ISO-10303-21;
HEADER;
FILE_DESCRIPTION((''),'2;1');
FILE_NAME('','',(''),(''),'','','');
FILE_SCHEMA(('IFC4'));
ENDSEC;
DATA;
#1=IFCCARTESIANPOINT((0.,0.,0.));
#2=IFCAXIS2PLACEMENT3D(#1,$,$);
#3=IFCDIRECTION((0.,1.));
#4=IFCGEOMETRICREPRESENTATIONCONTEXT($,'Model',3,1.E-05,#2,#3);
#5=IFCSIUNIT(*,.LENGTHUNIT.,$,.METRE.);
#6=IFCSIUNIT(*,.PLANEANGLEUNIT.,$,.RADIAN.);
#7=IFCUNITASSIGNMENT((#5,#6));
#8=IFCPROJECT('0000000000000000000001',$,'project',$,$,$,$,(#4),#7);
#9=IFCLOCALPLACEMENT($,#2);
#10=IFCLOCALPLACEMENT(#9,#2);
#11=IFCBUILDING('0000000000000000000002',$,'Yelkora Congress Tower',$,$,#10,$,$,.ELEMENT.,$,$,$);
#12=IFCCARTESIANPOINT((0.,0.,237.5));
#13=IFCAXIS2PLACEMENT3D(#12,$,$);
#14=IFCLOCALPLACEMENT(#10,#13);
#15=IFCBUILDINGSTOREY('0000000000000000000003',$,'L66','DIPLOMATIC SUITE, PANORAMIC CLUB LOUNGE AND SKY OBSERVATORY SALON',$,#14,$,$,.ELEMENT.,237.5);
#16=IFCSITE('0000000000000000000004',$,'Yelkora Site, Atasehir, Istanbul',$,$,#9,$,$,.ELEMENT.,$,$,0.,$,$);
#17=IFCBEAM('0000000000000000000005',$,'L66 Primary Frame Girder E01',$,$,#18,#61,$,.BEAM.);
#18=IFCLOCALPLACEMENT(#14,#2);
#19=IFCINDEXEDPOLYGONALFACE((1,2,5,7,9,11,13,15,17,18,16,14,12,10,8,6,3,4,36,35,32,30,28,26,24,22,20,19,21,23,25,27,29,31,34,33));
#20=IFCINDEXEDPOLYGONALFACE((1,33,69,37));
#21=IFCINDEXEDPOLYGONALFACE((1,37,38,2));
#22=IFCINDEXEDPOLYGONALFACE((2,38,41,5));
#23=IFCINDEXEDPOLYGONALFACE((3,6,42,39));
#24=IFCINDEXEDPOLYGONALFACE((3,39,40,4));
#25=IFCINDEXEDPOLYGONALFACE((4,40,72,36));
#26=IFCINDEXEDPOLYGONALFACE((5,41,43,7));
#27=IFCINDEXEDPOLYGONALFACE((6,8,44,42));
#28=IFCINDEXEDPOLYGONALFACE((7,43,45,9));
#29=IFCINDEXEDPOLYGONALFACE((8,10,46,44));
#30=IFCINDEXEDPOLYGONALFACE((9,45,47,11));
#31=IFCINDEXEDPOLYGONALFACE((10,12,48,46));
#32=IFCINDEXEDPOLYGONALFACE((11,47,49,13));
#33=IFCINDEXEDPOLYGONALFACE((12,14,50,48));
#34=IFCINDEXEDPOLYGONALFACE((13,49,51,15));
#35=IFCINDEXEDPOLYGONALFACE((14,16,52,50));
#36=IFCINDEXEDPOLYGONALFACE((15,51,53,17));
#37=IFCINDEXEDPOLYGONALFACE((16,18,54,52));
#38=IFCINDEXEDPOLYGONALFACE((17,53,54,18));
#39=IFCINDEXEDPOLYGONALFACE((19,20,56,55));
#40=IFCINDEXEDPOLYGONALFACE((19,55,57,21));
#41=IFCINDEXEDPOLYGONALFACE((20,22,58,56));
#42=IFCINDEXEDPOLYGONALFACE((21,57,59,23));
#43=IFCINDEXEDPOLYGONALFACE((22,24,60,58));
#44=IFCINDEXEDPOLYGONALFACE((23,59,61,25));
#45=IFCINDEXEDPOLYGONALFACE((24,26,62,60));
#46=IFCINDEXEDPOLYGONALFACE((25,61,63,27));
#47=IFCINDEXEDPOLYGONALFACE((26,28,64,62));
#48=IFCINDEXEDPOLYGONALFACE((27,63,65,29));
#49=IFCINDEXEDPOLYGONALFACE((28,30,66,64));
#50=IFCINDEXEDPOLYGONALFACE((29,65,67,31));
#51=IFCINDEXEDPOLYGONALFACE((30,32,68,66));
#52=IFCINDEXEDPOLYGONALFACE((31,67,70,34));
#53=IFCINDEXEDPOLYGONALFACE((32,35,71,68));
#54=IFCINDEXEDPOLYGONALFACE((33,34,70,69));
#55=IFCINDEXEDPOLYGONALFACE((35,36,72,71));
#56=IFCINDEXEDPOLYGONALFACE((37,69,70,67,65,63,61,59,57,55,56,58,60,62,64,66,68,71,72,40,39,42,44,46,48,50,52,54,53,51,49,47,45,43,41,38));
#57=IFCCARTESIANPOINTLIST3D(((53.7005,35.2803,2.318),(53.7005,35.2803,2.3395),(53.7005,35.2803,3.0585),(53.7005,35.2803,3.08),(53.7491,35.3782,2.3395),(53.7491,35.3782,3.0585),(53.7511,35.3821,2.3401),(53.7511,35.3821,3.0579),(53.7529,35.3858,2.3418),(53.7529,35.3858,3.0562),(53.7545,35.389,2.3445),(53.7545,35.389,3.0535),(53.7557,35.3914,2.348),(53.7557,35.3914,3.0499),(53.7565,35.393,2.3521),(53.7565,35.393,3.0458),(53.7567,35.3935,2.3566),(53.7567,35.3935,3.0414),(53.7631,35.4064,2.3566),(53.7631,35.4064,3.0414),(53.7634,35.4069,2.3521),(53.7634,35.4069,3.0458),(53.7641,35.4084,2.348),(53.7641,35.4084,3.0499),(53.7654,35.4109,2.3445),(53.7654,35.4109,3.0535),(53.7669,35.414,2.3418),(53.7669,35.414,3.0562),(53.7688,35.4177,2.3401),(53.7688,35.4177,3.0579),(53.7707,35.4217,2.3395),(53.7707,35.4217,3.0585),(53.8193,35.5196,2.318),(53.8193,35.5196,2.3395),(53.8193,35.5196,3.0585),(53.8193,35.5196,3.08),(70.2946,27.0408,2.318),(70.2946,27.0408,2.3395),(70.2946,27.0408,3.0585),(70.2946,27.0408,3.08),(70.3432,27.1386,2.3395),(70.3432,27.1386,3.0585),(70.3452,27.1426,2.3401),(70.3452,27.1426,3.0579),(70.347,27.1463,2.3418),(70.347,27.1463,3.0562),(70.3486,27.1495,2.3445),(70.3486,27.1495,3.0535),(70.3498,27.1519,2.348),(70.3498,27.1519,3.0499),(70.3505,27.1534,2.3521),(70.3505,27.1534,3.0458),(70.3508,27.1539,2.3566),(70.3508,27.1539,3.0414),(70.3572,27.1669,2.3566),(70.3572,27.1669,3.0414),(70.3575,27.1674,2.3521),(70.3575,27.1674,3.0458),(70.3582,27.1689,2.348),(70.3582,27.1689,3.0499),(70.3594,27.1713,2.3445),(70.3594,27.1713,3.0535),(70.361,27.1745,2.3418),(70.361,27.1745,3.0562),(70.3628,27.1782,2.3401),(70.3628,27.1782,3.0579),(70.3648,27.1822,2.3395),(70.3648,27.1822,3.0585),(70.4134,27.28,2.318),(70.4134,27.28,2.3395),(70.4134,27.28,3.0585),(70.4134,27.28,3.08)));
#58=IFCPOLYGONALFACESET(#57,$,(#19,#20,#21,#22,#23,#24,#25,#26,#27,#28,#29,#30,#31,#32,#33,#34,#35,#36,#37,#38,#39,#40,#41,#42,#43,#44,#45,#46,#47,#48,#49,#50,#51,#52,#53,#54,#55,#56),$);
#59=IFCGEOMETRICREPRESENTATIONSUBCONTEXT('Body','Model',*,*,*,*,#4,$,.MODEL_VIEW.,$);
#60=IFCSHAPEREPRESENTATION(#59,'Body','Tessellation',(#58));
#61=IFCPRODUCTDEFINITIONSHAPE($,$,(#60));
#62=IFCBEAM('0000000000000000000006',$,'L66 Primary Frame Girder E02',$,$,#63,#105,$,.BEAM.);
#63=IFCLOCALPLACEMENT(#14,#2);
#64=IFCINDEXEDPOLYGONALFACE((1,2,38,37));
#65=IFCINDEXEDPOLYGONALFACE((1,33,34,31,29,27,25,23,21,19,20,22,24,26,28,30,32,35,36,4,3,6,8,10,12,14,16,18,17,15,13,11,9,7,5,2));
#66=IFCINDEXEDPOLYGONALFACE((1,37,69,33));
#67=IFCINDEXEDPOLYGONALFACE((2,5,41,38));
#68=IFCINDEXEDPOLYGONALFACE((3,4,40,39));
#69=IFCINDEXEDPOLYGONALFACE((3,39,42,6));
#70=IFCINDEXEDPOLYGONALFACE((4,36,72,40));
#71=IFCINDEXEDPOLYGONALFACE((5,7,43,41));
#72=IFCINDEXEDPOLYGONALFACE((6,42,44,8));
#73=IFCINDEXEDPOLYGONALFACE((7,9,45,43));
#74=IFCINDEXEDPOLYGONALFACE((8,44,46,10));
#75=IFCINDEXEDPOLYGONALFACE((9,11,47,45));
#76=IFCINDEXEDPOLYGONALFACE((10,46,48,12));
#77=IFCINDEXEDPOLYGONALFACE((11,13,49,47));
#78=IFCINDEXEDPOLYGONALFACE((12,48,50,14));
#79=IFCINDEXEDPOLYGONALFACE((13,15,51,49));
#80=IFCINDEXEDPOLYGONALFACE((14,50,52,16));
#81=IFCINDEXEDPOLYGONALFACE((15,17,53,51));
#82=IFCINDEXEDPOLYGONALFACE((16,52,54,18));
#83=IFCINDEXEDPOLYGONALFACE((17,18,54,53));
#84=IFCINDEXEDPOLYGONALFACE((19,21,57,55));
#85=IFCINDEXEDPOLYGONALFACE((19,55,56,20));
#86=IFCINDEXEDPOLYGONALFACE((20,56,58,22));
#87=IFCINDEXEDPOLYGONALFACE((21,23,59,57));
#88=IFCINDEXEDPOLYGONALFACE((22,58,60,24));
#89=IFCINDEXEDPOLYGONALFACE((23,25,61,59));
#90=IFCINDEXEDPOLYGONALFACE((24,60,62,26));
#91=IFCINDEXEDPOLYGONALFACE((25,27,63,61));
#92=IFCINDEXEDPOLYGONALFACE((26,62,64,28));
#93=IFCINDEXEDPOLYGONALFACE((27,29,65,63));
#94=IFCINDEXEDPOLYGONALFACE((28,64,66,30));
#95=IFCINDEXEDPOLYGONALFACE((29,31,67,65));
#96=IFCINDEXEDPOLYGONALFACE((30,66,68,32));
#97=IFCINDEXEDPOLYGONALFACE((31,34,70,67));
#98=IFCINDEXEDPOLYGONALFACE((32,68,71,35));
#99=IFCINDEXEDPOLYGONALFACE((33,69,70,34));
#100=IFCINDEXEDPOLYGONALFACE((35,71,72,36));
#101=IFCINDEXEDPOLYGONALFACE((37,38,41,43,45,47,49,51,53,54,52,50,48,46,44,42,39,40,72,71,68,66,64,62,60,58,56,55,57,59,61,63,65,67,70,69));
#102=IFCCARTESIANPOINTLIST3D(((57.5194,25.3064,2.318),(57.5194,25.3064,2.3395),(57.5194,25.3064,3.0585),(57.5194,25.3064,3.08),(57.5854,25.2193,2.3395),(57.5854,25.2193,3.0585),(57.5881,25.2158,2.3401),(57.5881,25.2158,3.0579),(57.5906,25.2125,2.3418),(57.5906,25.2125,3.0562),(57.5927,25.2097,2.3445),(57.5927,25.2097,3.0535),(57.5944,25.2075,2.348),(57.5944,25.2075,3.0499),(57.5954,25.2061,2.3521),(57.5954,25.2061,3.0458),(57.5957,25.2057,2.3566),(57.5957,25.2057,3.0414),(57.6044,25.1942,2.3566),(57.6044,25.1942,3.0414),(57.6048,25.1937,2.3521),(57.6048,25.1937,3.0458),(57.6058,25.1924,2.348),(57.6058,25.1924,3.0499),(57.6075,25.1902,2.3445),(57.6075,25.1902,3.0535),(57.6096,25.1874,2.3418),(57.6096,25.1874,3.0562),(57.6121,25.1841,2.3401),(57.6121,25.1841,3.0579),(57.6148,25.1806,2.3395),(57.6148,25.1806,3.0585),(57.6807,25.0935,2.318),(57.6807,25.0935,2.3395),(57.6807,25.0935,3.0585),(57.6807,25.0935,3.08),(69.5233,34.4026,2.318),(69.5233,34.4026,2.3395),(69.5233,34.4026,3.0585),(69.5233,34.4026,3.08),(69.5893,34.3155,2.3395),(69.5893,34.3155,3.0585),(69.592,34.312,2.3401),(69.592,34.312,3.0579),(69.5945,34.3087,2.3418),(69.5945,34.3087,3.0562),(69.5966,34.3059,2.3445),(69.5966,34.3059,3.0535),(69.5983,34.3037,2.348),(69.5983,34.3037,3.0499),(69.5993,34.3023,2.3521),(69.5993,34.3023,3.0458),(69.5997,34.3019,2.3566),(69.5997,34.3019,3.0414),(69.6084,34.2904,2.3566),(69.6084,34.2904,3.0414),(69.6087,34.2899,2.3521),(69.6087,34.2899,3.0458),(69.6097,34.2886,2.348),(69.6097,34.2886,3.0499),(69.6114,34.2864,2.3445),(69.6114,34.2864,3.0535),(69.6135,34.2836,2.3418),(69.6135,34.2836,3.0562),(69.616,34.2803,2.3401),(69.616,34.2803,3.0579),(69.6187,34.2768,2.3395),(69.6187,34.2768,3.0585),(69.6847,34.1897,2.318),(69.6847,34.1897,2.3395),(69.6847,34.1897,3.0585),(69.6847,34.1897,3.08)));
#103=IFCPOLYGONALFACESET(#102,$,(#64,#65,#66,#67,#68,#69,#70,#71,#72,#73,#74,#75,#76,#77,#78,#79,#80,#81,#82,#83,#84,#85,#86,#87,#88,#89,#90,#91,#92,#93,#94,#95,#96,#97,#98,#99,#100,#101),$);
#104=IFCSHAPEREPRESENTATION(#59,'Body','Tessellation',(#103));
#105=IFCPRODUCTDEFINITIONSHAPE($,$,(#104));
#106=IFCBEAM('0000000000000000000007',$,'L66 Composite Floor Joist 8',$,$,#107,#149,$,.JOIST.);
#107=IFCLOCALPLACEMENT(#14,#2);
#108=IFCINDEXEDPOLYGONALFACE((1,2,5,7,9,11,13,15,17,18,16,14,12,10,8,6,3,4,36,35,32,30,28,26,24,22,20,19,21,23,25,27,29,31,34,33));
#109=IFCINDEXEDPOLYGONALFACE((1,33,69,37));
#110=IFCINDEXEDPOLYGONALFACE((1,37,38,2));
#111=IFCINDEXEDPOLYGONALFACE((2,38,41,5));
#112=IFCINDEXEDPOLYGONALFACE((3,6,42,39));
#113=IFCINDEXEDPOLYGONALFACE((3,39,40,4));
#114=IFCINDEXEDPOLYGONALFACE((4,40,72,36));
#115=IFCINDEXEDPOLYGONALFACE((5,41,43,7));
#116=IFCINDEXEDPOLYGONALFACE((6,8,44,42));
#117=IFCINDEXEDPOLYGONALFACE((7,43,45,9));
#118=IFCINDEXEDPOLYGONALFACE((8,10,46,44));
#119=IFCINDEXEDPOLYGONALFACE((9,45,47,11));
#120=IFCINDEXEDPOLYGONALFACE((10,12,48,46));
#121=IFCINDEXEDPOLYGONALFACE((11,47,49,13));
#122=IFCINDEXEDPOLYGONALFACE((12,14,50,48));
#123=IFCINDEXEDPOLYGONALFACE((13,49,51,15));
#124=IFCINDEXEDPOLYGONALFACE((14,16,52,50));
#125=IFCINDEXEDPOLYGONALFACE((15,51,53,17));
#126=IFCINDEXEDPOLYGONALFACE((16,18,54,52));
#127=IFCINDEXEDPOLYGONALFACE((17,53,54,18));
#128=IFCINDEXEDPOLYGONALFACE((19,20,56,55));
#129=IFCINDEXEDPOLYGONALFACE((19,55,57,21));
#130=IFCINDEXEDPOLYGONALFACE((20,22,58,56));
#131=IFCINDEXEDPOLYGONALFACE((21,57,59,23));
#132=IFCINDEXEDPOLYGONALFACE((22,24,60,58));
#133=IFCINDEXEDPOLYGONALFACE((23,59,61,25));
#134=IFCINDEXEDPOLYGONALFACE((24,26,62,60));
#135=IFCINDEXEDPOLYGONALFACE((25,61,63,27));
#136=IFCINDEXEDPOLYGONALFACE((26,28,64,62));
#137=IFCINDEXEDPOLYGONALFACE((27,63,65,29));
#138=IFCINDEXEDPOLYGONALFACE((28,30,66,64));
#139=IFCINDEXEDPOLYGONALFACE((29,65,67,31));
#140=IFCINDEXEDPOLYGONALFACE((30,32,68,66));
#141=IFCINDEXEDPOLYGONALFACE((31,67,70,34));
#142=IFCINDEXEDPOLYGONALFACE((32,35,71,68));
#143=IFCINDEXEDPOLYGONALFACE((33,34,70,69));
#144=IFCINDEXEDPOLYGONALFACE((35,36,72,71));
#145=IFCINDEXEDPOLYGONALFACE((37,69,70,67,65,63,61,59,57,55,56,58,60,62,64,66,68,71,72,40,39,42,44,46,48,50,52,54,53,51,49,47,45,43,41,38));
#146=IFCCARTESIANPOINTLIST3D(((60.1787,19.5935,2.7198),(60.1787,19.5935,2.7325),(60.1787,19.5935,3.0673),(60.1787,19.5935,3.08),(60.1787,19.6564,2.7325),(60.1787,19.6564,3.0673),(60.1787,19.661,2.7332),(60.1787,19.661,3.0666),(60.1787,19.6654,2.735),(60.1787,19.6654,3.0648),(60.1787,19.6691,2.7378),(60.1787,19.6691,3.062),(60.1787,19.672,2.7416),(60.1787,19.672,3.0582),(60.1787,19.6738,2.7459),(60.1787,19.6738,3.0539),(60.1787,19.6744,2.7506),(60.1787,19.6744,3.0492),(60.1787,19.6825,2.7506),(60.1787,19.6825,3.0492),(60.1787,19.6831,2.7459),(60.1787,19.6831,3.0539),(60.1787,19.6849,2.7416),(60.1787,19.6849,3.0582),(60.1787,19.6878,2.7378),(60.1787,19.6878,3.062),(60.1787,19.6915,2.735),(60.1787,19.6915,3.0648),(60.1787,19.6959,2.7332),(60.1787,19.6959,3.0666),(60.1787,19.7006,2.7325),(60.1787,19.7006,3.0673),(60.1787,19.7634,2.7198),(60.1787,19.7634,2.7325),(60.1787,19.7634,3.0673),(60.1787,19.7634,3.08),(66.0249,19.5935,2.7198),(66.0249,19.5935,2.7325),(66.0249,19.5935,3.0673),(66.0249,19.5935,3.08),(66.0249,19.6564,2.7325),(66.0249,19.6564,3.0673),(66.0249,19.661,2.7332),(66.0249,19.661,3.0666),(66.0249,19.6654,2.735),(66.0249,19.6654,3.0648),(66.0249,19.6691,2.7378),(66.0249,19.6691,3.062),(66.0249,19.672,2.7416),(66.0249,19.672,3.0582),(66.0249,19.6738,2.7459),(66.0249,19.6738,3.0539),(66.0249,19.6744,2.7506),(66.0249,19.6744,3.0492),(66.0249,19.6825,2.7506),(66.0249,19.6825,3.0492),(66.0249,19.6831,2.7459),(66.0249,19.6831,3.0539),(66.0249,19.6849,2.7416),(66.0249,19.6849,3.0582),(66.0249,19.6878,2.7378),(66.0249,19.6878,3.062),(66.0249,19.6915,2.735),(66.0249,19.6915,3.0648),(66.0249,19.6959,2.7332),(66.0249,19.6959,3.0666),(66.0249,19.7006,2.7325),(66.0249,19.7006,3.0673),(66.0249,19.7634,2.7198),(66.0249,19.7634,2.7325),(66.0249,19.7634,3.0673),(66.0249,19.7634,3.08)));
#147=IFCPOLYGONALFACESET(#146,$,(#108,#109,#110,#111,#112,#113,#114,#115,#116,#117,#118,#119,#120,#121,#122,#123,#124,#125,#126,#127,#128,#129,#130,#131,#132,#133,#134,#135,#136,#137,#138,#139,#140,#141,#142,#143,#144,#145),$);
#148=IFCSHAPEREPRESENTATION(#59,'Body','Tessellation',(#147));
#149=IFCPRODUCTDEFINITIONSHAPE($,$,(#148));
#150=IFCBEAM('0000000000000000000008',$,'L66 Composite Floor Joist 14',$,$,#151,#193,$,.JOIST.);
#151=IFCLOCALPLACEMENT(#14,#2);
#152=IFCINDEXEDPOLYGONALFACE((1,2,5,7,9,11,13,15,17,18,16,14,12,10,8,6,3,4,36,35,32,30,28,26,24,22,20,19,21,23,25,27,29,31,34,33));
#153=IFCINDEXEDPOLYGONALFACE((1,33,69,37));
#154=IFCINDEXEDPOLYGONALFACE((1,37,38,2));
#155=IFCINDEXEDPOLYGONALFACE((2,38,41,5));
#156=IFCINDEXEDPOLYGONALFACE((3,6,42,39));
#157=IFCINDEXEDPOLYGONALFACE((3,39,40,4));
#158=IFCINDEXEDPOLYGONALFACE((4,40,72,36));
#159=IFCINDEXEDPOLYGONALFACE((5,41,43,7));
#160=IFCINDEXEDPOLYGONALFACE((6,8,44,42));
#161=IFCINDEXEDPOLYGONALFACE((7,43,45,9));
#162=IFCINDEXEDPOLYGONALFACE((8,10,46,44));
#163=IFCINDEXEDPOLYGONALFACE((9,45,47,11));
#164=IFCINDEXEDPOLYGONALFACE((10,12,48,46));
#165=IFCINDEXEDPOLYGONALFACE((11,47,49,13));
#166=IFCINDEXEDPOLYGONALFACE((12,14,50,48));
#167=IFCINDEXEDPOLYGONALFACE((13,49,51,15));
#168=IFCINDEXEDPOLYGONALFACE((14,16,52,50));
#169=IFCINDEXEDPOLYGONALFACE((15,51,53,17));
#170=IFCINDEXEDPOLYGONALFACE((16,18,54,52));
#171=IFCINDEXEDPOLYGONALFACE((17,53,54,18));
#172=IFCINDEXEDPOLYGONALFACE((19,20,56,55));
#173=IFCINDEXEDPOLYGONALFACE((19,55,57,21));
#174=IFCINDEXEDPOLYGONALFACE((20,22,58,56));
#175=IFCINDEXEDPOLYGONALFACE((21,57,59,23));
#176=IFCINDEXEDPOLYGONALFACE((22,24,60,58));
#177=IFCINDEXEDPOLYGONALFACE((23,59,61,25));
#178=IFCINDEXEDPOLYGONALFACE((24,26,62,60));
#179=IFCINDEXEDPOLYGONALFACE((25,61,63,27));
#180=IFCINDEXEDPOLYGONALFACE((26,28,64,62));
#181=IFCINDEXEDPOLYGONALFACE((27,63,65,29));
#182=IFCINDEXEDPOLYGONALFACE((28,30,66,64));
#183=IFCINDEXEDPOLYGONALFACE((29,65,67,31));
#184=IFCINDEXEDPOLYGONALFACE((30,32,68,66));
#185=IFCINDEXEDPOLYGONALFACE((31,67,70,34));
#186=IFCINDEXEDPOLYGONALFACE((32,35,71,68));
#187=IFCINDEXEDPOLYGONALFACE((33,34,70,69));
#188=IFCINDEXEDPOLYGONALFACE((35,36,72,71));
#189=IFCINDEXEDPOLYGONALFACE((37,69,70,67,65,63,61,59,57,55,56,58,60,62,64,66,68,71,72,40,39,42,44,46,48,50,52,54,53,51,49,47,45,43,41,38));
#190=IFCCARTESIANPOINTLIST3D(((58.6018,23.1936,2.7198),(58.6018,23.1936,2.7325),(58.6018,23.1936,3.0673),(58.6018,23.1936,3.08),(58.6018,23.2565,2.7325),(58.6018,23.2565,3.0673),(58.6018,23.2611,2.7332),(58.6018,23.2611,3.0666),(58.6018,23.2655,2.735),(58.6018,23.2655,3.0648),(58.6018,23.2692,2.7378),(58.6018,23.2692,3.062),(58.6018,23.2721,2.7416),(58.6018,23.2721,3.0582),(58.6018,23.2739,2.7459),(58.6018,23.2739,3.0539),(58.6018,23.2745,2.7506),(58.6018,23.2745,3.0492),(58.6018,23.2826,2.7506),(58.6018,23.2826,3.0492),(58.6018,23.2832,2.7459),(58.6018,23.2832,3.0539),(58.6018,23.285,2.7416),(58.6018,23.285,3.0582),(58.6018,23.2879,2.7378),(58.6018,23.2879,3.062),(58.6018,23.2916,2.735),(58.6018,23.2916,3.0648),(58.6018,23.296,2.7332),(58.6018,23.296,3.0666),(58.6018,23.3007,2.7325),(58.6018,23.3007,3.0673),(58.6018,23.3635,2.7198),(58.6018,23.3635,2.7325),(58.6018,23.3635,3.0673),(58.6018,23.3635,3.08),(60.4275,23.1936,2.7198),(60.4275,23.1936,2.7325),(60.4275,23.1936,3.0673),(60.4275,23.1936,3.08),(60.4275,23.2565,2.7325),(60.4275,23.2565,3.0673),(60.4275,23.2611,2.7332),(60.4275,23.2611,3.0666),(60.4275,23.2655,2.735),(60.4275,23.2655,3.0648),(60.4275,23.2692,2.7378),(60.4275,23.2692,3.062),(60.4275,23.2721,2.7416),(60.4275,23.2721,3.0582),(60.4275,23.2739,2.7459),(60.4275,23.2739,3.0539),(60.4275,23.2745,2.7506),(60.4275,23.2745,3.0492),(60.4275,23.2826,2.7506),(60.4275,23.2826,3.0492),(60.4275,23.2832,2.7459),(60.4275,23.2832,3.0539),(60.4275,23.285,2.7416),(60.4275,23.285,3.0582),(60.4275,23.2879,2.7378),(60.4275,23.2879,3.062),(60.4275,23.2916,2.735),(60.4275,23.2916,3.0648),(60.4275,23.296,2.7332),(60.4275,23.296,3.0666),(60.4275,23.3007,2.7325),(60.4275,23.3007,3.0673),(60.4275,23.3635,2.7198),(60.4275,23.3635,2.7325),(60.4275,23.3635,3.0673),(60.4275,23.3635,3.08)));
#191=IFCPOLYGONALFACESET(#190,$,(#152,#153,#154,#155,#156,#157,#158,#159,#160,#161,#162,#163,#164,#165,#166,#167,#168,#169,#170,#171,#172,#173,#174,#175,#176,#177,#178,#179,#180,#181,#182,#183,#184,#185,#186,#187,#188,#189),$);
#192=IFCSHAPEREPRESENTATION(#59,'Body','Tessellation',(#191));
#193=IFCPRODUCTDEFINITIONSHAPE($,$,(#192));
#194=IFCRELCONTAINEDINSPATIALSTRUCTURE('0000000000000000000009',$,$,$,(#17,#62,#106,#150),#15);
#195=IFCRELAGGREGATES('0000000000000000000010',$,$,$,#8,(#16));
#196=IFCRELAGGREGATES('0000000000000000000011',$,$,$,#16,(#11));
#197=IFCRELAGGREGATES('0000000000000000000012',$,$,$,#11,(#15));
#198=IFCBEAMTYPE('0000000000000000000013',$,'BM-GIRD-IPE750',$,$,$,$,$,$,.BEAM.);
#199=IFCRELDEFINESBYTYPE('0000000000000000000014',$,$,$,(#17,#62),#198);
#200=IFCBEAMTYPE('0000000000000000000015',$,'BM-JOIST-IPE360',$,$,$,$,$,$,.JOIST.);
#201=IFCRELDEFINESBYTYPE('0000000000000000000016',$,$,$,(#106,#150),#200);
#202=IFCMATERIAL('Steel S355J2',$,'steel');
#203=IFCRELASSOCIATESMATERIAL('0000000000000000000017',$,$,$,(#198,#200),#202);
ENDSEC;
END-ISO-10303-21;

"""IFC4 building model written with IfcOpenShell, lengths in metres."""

from ifc_helpers import new_model, si_unit, direction, frame, origin, origin_2d, place, context, subcontext, project, spatial, i_section, extrude, material, material_profile, profile_set, type_object, element, save


model = new_model("IFC4")

# Units and contexts
model_context = context("Model", 3, precision=1e-05, world=origin(), true_north=direction((0.0, 1.0)))
body_context = subcontext(model_context, "Body", "Model", "MODEL_VIEW")
ifc_project = project(units=[si_unit("LENGTHUNIT", "METRE"), si_unit("PLANEANGLEUNIT", "RADIAN")], contexts=[model_context])

# Site, building, storey
site_placement = place(None, origin())
site = spatial("IfcSite", under=ifc_project, at=site_placement, Name="Yelkora Site, Atasehir, Istanbul", CompositionType="ELEMENT", RefElevation=0.0)
building_placement = place(site_placement, origin())
building = spatial("IfcBuilding", under=site, at=building_placement, Name="Yelkora Congress Tower", CompositionType="ELEMENT")
storey_placement = place(building_placement, frame((0.0, 0.0, 237.5)))
storey = spatial("IfcBuildingStorey", under=building, at=storey_placement, Name="L66", Description="DIPLOMATIC SUITE, PANORAMIC CLUB LOUNGE AND SKY OBSERVATORY SALON", CompositionType="ELEMENT", Elevation=237.5)

# Shared definitions
ifc_material_1 = material(Name="Steel S355J2", Category="steel")

# Beams
ifc_material_profile_1 = material_profile(ifc_material_1, i_section(OverallWidth=0.2671, OverallDepth=0.762, WebThickness=0.0144, FlangeThickness=0.0215, FilletRadius=0.0171, at=origin_2d()), Name="IPE 750x173")
ifc_profile_set_1 = profile_set([ifc_material_profile_1], Name="Steel S355J2")
beam_type_1 = type_object("IfcBeamType", Name="BM-GIRD-IPE750", PredefinedType="BEAM", material=ifc_profile_set_1)
beam_1_placement = place(storey_placement, frame((70.354, 27.1604, 2.699), z_axis=(-0.895665, 0.444729, 0.0), x_axis=(-0.444729, -0.895665, 0.0)))
element("IfcBeam", 1, at=beam_1_placement, inside=storey, type_object=beam_type_1, Name="L66 Primary Frame Girder E01", PredefinedType="BEAM", context=body_context, shape_type="SweptSolid", body=[
    extrude(i_section(OverallWidth=0.2671, OverallDepth=0.762, WebThickness=0.0144, FlangeThickness=0.0215, FilletRadius=0.0171, at=origin_2d()), origin(), (0.0, 0.0, 1.0), 18.5271),
])
beam_2_placement = place(storey_placement, frame((69.604, 34.2961, 2.699), z_axis=(-0.797018, -0.603956, 0.0), x_axis=(0.603956, -0.797018, 0.0)))
element("IfcBeam", 2, at=beam_2_placement, inside=storey, type_object=beam_type_1, Name="L66 Primary Frame Girder E02", PredefinedType="BEAM", context=body_context, shape_type="SweptSolid", body=[
    extrude(i_section(OverallWidth=0.2671, OverallDepth=0.762, WebThickness=0.0144, FlangeThickness=0.0215, FilletRadius=0.0171, at=origin_2d()), origin(), (0.0, 0.0, 1.0), 15.061),
])
ifc_material_profile_2 = material_profile(ifc_material_1, i_section(OverallWidth=0.1699, OverallDepth=0.3601, WebThickness=0.0081, FlangeThickness=0.0127, FilletRadius=0.0181, at=origin_2d()), Name="IPE 360")
ifc_profile_set_2 = profile_set([ifc_material_profile_2], Name="Steel S355J2")
beam_type_2 = type_object("IfcBeamType", Name="BM-JOIST-IPE360", PredefinedType="JOIST", material=ifc_profile_set_2)
beam_3_placement = place(storey_placement, frame((60.1787, 19.6785, 2.8999), z_axis=(1.0, 0.0, 0.0), x_axis=(0.0, 1.0, 0.0)))
element("IfcBeam", 3, at=beam_3_placement, inside=storey, type_object=beam_type_2, Name="L66 Composite Floor Joist 8", PredefinedType="JOIST", context=body_context, shape_type="SweptSolid", body=[
    extrude(i_section(OverallWidth=0.1699, OverallDepth=0.3601, WebThickness=0.0081, FlangeThickness=0.0127, FilletRadius=0.0181, at=origin_2d()), origin(), (0.0, 0.0, 1.0), 5.8462),
])
beam_4_placement = place(storey_placement, frame((58.6018, 23.2786, 2.8999), z_axis=(1.0, 0.0, 0.0), x_axis=(0.0, 1.0, 0.0)))
element("IfcBeam", 4, at=beam_4_placement, inside=storey, type_object=beam_type_2, Name="L66 Composite Floor Joist 14", PredefinedType="JOIST", context=body_context, shape_type="SweptSolid", body=[
    extrude(i_section(OverallWidth=0.1699, OverallDepth=0.3601, WebThickness=0.0081, FlangeThickness=0.0127, FilletRadius=0.0181, at=origin_2d()), origin(), (0.0, 0.0, 1.0), 1.8257),
])

save(model, "model.ifc")
